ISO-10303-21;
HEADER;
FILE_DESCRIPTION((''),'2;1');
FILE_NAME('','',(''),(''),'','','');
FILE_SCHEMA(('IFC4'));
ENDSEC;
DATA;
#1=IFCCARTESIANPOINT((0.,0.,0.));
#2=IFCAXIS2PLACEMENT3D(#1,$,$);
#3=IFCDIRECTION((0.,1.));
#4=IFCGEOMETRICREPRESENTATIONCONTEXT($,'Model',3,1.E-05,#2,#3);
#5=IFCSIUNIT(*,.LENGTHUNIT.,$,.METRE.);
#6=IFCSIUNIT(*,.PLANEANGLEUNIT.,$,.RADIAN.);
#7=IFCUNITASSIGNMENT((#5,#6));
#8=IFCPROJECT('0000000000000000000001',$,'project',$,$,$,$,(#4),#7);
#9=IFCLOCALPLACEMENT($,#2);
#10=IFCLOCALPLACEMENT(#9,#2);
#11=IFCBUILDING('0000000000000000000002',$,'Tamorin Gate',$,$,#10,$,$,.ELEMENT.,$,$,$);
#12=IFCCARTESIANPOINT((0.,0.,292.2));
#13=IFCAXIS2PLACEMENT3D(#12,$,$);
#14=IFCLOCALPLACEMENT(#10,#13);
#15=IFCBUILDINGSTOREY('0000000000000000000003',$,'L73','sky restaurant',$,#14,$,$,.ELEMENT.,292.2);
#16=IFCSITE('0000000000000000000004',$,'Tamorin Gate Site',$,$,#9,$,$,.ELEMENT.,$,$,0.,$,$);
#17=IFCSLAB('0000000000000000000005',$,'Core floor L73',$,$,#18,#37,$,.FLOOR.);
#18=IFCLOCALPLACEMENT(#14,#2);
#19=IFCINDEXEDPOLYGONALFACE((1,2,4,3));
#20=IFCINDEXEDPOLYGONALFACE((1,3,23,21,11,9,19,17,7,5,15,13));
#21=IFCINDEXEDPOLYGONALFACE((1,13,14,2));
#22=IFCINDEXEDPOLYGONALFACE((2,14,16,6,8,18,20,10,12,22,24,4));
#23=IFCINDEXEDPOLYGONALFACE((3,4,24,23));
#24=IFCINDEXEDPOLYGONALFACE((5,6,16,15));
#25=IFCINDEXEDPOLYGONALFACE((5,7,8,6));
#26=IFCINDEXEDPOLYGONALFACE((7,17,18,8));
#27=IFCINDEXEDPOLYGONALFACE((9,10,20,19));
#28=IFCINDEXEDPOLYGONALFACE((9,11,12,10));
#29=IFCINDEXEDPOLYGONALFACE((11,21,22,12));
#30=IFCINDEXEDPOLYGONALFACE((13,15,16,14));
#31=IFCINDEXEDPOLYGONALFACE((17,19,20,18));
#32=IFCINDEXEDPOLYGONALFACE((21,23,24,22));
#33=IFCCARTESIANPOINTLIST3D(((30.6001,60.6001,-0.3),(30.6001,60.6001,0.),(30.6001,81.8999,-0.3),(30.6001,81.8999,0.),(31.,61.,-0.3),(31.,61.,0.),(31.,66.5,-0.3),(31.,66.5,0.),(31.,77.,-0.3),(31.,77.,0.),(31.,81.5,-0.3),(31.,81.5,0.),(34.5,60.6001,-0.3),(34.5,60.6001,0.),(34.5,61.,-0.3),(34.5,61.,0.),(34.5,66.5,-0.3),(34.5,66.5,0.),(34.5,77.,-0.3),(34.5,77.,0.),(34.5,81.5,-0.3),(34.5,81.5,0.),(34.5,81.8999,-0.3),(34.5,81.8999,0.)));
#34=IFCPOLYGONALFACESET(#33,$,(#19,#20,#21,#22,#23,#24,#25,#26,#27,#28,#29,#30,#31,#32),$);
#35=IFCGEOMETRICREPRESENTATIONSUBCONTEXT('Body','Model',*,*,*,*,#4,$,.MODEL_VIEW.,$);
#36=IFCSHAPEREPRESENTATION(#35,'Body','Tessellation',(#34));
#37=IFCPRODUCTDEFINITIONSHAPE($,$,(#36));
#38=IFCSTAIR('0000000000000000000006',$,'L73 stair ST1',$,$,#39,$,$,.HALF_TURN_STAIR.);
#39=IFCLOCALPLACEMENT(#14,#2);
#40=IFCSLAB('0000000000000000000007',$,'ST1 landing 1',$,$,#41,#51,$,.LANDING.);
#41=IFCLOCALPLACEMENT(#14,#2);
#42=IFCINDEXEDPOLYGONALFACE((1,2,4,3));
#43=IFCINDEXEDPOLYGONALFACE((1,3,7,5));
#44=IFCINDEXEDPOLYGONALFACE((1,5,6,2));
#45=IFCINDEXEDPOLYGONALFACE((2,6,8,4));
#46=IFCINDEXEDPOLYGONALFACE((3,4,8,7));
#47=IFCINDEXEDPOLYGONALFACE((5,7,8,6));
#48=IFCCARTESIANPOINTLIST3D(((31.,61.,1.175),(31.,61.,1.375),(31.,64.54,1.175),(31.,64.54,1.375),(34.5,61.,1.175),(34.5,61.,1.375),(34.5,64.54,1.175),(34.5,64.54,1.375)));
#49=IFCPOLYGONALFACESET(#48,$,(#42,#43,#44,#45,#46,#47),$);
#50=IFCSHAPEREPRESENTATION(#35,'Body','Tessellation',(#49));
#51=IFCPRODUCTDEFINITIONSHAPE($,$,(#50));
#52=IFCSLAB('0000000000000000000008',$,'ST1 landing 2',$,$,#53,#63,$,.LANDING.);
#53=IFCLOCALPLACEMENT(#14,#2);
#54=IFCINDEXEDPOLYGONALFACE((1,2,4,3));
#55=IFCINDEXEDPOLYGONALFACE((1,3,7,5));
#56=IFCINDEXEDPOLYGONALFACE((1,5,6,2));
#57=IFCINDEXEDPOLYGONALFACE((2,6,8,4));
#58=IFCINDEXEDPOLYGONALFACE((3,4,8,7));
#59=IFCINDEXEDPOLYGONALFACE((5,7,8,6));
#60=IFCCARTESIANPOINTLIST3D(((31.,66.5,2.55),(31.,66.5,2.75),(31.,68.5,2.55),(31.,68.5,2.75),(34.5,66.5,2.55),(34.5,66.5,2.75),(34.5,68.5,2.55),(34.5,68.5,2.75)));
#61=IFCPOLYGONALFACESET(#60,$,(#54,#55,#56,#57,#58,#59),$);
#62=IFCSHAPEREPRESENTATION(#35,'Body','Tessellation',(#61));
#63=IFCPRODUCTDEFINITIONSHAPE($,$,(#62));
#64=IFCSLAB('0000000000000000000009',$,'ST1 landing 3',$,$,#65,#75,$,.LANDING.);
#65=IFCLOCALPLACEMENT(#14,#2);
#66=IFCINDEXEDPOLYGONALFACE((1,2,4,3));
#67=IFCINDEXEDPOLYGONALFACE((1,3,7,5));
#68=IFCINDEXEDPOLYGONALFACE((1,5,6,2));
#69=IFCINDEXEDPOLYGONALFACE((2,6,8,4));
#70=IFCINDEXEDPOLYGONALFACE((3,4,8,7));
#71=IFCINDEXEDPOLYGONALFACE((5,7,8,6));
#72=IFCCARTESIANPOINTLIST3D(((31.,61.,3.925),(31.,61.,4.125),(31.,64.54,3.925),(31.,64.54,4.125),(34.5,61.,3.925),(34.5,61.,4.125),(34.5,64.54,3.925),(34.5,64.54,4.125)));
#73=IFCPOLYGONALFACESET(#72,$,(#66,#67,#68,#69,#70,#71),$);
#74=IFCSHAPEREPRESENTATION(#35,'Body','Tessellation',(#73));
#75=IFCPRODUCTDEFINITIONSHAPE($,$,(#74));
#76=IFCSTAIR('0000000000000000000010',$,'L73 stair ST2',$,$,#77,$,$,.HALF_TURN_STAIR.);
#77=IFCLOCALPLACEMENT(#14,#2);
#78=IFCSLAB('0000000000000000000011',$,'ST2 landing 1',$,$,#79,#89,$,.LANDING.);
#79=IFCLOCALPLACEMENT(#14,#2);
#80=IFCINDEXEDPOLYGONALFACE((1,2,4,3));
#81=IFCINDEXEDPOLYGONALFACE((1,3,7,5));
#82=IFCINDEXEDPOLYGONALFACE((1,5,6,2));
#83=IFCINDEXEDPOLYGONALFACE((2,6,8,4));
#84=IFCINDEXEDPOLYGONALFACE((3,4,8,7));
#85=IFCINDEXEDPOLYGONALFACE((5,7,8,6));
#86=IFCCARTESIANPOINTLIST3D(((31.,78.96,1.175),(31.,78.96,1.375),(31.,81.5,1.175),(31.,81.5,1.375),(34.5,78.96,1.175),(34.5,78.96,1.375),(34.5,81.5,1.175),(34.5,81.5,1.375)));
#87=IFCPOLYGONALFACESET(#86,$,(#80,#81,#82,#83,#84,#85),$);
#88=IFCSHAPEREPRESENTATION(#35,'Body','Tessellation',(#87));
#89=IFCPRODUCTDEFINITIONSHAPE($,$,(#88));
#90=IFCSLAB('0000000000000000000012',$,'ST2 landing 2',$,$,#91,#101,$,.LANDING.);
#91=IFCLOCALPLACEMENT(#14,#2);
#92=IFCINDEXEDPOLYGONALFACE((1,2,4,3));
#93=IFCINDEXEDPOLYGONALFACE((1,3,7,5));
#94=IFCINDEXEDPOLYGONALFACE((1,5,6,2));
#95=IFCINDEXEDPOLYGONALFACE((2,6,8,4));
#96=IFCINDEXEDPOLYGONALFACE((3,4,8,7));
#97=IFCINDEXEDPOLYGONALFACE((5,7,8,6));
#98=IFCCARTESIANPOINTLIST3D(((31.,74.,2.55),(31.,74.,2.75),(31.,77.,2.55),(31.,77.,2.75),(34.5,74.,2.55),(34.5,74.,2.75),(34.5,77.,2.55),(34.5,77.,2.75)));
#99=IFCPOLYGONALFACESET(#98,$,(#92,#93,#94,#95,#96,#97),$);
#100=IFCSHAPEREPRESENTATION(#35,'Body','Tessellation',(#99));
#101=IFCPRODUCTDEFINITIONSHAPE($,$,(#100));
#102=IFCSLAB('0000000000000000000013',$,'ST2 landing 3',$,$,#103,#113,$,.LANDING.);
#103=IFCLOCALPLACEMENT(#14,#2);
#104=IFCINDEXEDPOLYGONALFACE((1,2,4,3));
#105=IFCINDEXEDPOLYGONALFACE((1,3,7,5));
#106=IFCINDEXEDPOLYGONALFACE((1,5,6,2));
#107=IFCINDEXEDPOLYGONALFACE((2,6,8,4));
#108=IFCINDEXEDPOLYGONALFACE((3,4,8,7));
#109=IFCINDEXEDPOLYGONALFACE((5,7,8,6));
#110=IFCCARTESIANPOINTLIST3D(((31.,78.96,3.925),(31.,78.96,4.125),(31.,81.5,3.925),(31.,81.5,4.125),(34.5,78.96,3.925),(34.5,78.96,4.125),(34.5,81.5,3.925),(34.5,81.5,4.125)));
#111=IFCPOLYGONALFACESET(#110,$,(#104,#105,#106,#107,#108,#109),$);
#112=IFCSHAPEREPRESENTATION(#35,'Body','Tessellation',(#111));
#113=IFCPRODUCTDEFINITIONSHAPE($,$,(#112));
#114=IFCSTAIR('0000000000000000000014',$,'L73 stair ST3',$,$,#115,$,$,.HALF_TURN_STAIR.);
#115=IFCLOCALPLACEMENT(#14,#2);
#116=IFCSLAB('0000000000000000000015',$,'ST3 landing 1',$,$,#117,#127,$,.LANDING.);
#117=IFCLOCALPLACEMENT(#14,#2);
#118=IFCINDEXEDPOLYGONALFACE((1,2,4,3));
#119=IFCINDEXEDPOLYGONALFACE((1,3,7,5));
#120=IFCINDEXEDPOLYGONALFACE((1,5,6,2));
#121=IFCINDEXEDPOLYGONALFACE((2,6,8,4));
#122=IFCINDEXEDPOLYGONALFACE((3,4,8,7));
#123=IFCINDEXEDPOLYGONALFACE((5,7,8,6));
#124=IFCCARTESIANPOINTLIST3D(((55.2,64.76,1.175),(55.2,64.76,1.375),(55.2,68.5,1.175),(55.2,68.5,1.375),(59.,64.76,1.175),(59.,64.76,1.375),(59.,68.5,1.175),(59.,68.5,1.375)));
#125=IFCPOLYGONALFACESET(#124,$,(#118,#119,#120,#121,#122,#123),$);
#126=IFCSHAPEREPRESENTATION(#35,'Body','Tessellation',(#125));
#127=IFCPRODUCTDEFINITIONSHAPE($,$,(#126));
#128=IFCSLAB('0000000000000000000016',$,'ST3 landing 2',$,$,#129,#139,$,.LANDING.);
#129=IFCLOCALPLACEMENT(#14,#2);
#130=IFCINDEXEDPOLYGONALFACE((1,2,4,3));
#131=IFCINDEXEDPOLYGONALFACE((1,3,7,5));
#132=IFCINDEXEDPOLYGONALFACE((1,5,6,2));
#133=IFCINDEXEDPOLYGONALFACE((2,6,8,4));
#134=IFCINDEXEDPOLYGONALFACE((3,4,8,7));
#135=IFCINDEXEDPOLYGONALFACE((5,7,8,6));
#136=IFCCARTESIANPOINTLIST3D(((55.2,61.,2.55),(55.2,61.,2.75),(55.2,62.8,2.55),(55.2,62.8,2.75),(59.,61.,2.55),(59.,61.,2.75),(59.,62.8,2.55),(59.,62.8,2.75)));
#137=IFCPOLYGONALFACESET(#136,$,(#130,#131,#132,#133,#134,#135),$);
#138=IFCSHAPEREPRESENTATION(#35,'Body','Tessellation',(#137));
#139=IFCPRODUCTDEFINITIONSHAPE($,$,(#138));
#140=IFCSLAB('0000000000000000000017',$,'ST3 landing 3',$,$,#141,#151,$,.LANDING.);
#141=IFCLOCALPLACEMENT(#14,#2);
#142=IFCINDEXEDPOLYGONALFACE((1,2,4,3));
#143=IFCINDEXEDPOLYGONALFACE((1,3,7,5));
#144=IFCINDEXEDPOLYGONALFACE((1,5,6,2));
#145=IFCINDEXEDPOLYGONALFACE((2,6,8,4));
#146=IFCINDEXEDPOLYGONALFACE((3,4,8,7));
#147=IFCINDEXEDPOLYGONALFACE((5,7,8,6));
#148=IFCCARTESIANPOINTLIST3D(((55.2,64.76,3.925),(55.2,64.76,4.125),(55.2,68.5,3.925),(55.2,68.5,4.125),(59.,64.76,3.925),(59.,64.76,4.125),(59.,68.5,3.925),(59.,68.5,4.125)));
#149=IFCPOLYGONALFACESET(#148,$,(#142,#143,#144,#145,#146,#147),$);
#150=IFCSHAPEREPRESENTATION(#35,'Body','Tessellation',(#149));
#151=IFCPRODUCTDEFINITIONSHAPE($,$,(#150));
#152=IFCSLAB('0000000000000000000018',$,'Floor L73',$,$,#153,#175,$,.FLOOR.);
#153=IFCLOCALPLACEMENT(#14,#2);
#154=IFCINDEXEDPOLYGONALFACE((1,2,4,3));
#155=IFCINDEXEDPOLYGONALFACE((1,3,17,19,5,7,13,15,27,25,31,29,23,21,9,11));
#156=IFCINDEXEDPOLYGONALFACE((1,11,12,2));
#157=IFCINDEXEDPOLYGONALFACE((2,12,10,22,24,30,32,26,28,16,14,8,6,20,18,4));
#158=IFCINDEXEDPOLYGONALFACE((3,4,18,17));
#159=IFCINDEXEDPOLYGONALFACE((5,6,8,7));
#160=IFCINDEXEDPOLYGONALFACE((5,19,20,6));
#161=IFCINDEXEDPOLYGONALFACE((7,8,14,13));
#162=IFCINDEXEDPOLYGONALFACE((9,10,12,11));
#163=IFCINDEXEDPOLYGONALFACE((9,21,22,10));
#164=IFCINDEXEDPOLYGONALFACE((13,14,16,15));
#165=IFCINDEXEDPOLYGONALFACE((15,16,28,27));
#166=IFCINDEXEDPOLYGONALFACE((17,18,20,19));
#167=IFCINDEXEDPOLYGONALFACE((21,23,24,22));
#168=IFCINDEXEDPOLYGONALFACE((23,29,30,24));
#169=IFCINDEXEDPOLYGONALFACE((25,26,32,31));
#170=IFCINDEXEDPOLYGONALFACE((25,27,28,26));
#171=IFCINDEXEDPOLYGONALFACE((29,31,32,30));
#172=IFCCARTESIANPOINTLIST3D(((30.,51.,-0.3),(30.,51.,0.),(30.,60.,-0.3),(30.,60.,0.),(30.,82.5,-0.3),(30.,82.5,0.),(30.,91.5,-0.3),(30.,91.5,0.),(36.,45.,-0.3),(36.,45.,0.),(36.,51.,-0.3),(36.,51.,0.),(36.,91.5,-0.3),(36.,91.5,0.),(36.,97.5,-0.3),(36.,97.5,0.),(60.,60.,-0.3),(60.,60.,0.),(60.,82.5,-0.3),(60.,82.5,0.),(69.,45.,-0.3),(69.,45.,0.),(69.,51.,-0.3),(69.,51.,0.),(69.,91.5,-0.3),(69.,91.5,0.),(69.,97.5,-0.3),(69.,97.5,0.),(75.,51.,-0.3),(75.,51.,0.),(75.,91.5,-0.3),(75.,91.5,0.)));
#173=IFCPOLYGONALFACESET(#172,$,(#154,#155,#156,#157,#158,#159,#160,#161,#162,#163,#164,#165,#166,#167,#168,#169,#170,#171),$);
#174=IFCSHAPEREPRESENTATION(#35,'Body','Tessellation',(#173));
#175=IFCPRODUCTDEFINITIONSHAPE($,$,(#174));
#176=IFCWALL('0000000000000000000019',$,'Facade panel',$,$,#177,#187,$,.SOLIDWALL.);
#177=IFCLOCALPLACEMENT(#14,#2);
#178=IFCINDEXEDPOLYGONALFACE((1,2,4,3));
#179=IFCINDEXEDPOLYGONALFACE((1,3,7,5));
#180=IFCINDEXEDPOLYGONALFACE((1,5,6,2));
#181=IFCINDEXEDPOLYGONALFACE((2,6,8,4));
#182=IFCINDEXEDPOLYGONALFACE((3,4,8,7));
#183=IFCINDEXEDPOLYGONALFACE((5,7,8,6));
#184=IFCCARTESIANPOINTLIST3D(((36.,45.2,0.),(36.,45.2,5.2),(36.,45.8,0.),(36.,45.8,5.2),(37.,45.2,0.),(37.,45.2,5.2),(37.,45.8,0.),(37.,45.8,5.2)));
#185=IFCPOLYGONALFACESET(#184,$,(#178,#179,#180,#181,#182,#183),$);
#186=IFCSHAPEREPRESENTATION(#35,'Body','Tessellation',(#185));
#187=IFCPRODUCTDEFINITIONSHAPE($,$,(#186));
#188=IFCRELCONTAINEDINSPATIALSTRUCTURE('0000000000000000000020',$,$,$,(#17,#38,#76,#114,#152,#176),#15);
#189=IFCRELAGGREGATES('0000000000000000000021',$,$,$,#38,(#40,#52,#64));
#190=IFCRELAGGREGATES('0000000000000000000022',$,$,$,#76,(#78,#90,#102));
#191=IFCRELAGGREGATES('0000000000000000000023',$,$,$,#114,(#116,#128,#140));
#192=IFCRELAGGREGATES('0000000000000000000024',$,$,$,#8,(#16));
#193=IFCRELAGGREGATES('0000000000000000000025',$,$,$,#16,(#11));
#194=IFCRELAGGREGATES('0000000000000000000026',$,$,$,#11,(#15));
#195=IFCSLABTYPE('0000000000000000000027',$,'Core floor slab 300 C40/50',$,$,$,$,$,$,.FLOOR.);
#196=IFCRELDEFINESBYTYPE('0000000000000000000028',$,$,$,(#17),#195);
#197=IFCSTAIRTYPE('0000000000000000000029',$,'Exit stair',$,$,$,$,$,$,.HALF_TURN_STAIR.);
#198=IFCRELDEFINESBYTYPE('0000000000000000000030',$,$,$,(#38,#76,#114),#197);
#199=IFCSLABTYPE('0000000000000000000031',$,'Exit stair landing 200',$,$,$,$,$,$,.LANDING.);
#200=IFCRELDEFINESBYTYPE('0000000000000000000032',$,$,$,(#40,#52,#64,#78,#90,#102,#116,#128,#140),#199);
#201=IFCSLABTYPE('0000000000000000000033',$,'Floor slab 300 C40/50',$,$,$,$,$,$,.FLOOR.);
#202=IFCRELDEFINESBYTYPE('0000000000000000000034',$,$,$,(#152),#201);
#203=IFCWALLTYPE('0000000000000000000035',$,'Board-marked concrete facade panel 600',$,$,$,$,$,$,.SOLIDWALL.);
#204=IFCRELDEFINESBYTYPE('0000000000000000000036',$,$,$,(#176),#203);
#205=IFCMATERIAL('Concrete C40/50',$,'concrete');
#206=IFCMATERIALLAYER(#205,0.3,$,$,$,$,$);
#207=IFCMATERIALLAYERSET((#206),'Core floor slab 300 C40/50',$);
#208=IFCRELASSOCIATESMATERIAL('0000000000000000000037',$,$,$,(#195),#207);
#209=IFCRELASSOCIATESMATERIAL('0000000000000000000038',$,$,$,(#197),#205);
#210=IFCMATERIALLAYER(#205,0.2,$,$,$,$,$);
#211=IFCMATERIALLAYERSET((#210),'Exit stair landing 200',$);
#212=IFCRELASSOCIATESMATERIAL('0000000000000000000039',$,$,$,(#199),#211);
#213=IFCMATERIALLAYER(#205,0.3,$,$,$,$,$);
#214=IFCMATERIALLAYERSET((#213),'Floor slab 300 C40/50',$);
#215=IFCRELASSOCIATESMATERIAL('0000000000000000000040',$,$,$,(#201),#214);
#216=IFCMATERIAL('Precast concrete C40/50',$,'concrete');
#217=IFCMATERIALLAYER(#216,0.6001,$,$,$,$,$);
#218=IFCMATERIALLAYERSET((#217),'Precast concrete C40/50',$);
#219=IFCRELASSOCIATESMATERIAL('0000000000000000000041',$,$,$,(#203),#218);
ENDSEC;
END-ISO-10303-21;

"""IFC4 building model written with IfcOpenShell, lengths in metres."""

from ifc_helpers import new_model, si_unit, direction, frame, frame_2d, origin, place, context, subcontext, project, spatial, polyline, rectangle, outline, extrude, material, layer, layer_set, type_object, element, aggregate, save


model = new_model("IFC4")

# Units and contexts
model_context = context("Model", 3, precision=1e-05, world=origin(), true_north=direction((0.0, 1.0)))
body_context = subcontext(model_context, "Body", "Model", "MODEL_VIEW")
ifc_project = project(units=[si_unit("LENGTHUNIT", "METRE"), si_unit("PLANEANGLEUNIT", "RADIAN")], contexts=[model_context])

# Site, building, storey
site_placement = place(None, origin())
site = spatial("IfcSite", under=ifc_project, at=site_placement, Name="Tamorin Gate Site", CompositionType="ELEMENT", RefElevation=0.0)
building_placement = place(site_placement, origin())
building = spatial("IfcBuilding", under=site, at=building_placement, Name="Tamorin Gate", CompositionType="ELEMENT")
storey_placement = place(building_placement, frame((0.0, 0.0, 292.2)))
storey = spatial("IfcBuildingStorey", under=building, at=storey_placement, Name="L73", Description="sky restaurant", CompositionType="ELEMENT", Elevation=292.2)

# Slab
ifc_material_1 = material(Name="Concrete C40/50", Category="concrete")
ifc_layer_1 = layer(ifc_material_1, 0.3)
ifc_layer_set_1 = layer_set([ifc_layer_1], Name="Core floor slab 300 C40/50")
slab_type_1 = type_object("IfcSlabType", Name="Core floor slab 300 C40/50", PredefinedType="FLOOR", material=ifc_layer_set_1)
slab_1_placement = place(storey_placement, frame((0.0, 0.0, -0.3)))
element("IfcSlab", 1, at=slab_1_placement, inside=storey, type_object=slab_type_1, Name="Core floor L73", PredefinedType="FLOOR", context=body_context, shape_type="SweptSolid", body=[
    extrude(outline(polyline([(34.5, 60.6001), (30.6001, 60.6001), (30.6001, 81.8999), (34.5, 81.8999), (34.5, 81.5), (31.0, 81.5), (31.0, 77.0), (34.5, 77.0), (34.5, 66.5), (31.0, 66.5), (31.0, 61.0), (34.5, 61.0), (34.5, 60.6001)])), origin(), (0.0, 0.0, 1.0), 0.3),
])

# Stairs, slabs
stair_type = type_object("IfcStairType", Name="Exit stair", PredefinedType="HALF_TURN_STAIR", material=ifc_material_1)
stair_1_placement = place(storey_placement, origin())
stair_1 = element("IfcStair", 2, at=stair_1_placement, inside=storey, type_object=stair_type, Name="L73 stair ST1", PredefinedType="HALF_TURN_STAIR")
ifc_layer_2 = layer(ifc_material_1, 0.2)
ifc_layer_set_2 = layer_set([ifc_layer_2], Name="Exit stair landing 200")
slab_type_2 = type_object("IfcSlabType", Name="Exit stair landing 200", PredefinedType="LANDING", material=ifc_layer_set_2)
slab_2_placement = place(storey_placement, frame((0.0, 0.0, 1.175)))
slab_2 = element("IfcSlab", 3, at=slab_2_placement, type_object=slab_type_2, Name="ST1 landing 1", PredefinedType="LANDING", context=body_context, shape_type="SweptSolid", body=[
    extrude(outline(polyline([(31.0, 64.54), (31.0, 61.0), (34.5, 61.0), (34.5, 64.54), (31.0, 64.54)])), origin(), (0.0, 0.0, 1.0), 0.2),
])
slab_3_placement = place(storey_placement, frame((0.0, 0.0, 2.55)))
slab_3 = element("IfcSlab", 4, at=slab_3_placement, type_object=slab_type_2, Name="ST1 landing 2", PredefinedType="LANDING", context=body_context, shape_type="SweptSolid", body=[
    extrude(outline(polyline([(31.0, 68.5), (31.0, 66.5), (34.5, 66.5), (34.5, 68.5), (31.0, 68.5)])), origin(), (0.0, 0.0, 1.0), 0.2),
])
slab_4_placement = place(storey_placement, frame((0.0, 0.0, 3.925)))
slab_4 = element("IfcSlab", 5, at=slab_4_placement, type_object=slab_type_2, Name="ST1 landing 3", PredefinedType="LANDING", context=body_context, shape_type="SweptSolid", body=[
    extrude(outline(polyline([(31.0, 64.54), (31.0, 61.0), (34.5, 61.0), (34.5, 64.54), (31.0, 64.54)])), origin(), (0.0, 0.0, 1.0), 0.2),
])
aggregate(stair_1, [slab_2, slab_3, slab_4])
stair_2_placement = place(storey_placement, origin())
stair_2 = element("IfcStair", 6, at=stair_2_placement, inside=storey, type_object=stair_type, Name="L73 stair ST2", PredefinedType="HALF_TURN_STAIR")
slab_5_placement = place(storey_placement, frame((0.0, 0.0, 1.175)))
slab_5 = element("IfcSlab", 7, at=slab_5_placement, type_object=slab_type_2, Name="ST2 landing 1", PredefinedType="LANDING", context=body_context, shape_type="SweptSolid", body=[
    extrude(outline(polyline([(34.5, 78.96), (34.5, 81.5), (31.0, 81.5), (31.0, 78.96), (34.5, 78.96)])), origin(), (0.0, 0.0, 1.0), 0.2),
])
slab_6_placement = place(storey_placement, frame((0.0, 0.0, 2.55)))
slab_6 = element("IfcSlab", 8, at=slab_6_placement, type_object=slab_type_2, Name="ST2 landing 2", PredefinedType="LANDING", context=body_context, shape_type="SweptSolid", body=[
    extrude(outline(polyline([(34.5, 74.0), (34.5, 77.0), (31.0, 77.0), (31.0, 74.0), (34.5, 74.0)])), origin(), (0.0, 0.0, 1.0), 0.2),
])
slab_7_placement = place(storey_placement, frame((0.0, 0.0, 3.925)))
slab_7 = element("IfcSlab", 9, at=slab_7_placement, type_object=slab_type_2, Name="ST2 landing 3", PredefinedType="LANDING", context=body_context, shape_type="SweptSolid", body=[
    extrude(outline(polyline([(34.5, 78.96), (34.5, 81.5), (31.0, 81.5), (31.0, 78.96), (34.5, 78.96)])), origin(), (0.0, 0.0, 1.0), 0.2),
])
aggregate(stair_2, [slab_5, slab_6, slab_7])
stair_3_placement = place(storey_placement, origin())
stair_3 = element("IfcStair", 10, at=stair_3_placement, inside=storey, type_object=stair_type, Name="L73 stair ST3", PredefinedType="HALF_TURN_STAIR")
slab_8_placement = place(storey_placement, frame((0.0, 0.0, 1.175)))
slab_8 = element("IfcSlab", 11, at=slab_8_placement, type_object=slab_type_2, Name="ST3 landing 1", PredefinedType="LANDING", context=body_context, shape_type="SweptSolid", body=[
    extrude(outline(polyline([(59.0, 64.76), (59.0, 68.5), (55.2, 68.5), (55.2, 64.76), (59.0, 64.76)])), origin(), (0.0, 0.0, 1.0), 0.2),
])
slab_9_placement = place(storey_placement, frame((0.0, 0.0, 2.55)))
slab_9 = element("IfcSlab", 12, at=slab_9_placement, type_object=slab_type_2, Name="ST3 landing 2", PredefinedType="LANDING", context=body_context, shape_type="SweptSolid", body=[
    extrude(outline(polyline([(59.0, 61.0), (59.0, 62.8), (55.2, 62.8), (55.2, 61.0), (59.0, 61.0)])), origin(), (0.0, 0.0, 1.0), 0.2),
])
slab_10_placement = place(storey_placement, frame((0.0, 0.0, 3.925)))
slab_10 = element("IfcSlab", 13, at=slab_10_placement, type_object=slab_type_2, Name="ST3 landing 3", PredefinedType="LANDING", context=body_context, shape_type="SweptSolid", body=[
    extrude(outline(polyline([(59.0, 64.76), (59.0, 68.5), (55.2, 68.5), (55.2, 64.76), (59.0, 64.76)])), origin(), (0.0, 0.0, 1.0), 0.2),
])
aggregate(stair_3, [slab_8, slab_9, slab_10])

# Slab
ifc_layer_3 = layer(ifc_material_1, 0.3)
ifc_layer_set_3 = layer_set([ifc_layer_3], Name="Floor slab 300 C40/50")
slab_type_3 = type_object("IfcSlabType", Name="Floor slab 300 C40/50", PredefinedType="FLOOR", material=ifc_layer_set_3)
slab_11_placement = place(storey_placement, frame((0.0, 0.0, -0.3)))
element("IfcSlab", 14, at=slab_11_placement, inside=storey, type_object=slab_type_3, Name="Floor L73", PredefinedType="FLOOR", context=body_context, shape_type="SweptSolid", body=[
    extrude(outline(polyline([(30.0, 91.5), (36.0, 91.5), (36.0, 97.5), (69.0, 97.5), (69.0, 91.5), (75.0, 91.5), (75.0, 51.0), (69.0, 51.0), (69.0, 45.0), (36.0, 45.0), (36.0, 51.0), (30.0, 51.0), (30.0, 60.0), (60.0, 60.0), (60.0, 82.5), (30.0, 82.5), (30.0, 91.5)])), origin(), (0.0, 0.0, 1.0), 0.3),
])

# Wall
ifc_material_2 = material(Name="Precast concrete C40/50", Category="concrete")
ifc_layer_4 = layer(ifc_material_2, 0.6001)
ifc_layer_set_4 = layer_set([ifc_layer_4], Name="Precast concrete C40/50")
wall_type = type_object("IfcWallType", Name="Board-marked concrete facade panel 600", PredefinedType="SOLIDWALL", material=ifc_layer_set_4)
wall_placement = place(storey_placement, frame((36.0, 45.5, 0.0), z_axis=(0.0, 0.0, 1.0), x_axis=(1.0, 0.0, 0.0)))
element("IfcWall", 15, at=wall_placement, inside=storey, type_object=wall_type, Name="Facade panel", PredefinedType="SOLIDWALL", context=body_context, shape_type="SweptSolid", body=[
    extrude(rectangle(XDim=1.0, YDim=0.6001, at=frame_2d((0.5, 0.0))), origin(), (0.0, 0.0, 1.0), 5.2),
])

save(model, "model.ifc")
